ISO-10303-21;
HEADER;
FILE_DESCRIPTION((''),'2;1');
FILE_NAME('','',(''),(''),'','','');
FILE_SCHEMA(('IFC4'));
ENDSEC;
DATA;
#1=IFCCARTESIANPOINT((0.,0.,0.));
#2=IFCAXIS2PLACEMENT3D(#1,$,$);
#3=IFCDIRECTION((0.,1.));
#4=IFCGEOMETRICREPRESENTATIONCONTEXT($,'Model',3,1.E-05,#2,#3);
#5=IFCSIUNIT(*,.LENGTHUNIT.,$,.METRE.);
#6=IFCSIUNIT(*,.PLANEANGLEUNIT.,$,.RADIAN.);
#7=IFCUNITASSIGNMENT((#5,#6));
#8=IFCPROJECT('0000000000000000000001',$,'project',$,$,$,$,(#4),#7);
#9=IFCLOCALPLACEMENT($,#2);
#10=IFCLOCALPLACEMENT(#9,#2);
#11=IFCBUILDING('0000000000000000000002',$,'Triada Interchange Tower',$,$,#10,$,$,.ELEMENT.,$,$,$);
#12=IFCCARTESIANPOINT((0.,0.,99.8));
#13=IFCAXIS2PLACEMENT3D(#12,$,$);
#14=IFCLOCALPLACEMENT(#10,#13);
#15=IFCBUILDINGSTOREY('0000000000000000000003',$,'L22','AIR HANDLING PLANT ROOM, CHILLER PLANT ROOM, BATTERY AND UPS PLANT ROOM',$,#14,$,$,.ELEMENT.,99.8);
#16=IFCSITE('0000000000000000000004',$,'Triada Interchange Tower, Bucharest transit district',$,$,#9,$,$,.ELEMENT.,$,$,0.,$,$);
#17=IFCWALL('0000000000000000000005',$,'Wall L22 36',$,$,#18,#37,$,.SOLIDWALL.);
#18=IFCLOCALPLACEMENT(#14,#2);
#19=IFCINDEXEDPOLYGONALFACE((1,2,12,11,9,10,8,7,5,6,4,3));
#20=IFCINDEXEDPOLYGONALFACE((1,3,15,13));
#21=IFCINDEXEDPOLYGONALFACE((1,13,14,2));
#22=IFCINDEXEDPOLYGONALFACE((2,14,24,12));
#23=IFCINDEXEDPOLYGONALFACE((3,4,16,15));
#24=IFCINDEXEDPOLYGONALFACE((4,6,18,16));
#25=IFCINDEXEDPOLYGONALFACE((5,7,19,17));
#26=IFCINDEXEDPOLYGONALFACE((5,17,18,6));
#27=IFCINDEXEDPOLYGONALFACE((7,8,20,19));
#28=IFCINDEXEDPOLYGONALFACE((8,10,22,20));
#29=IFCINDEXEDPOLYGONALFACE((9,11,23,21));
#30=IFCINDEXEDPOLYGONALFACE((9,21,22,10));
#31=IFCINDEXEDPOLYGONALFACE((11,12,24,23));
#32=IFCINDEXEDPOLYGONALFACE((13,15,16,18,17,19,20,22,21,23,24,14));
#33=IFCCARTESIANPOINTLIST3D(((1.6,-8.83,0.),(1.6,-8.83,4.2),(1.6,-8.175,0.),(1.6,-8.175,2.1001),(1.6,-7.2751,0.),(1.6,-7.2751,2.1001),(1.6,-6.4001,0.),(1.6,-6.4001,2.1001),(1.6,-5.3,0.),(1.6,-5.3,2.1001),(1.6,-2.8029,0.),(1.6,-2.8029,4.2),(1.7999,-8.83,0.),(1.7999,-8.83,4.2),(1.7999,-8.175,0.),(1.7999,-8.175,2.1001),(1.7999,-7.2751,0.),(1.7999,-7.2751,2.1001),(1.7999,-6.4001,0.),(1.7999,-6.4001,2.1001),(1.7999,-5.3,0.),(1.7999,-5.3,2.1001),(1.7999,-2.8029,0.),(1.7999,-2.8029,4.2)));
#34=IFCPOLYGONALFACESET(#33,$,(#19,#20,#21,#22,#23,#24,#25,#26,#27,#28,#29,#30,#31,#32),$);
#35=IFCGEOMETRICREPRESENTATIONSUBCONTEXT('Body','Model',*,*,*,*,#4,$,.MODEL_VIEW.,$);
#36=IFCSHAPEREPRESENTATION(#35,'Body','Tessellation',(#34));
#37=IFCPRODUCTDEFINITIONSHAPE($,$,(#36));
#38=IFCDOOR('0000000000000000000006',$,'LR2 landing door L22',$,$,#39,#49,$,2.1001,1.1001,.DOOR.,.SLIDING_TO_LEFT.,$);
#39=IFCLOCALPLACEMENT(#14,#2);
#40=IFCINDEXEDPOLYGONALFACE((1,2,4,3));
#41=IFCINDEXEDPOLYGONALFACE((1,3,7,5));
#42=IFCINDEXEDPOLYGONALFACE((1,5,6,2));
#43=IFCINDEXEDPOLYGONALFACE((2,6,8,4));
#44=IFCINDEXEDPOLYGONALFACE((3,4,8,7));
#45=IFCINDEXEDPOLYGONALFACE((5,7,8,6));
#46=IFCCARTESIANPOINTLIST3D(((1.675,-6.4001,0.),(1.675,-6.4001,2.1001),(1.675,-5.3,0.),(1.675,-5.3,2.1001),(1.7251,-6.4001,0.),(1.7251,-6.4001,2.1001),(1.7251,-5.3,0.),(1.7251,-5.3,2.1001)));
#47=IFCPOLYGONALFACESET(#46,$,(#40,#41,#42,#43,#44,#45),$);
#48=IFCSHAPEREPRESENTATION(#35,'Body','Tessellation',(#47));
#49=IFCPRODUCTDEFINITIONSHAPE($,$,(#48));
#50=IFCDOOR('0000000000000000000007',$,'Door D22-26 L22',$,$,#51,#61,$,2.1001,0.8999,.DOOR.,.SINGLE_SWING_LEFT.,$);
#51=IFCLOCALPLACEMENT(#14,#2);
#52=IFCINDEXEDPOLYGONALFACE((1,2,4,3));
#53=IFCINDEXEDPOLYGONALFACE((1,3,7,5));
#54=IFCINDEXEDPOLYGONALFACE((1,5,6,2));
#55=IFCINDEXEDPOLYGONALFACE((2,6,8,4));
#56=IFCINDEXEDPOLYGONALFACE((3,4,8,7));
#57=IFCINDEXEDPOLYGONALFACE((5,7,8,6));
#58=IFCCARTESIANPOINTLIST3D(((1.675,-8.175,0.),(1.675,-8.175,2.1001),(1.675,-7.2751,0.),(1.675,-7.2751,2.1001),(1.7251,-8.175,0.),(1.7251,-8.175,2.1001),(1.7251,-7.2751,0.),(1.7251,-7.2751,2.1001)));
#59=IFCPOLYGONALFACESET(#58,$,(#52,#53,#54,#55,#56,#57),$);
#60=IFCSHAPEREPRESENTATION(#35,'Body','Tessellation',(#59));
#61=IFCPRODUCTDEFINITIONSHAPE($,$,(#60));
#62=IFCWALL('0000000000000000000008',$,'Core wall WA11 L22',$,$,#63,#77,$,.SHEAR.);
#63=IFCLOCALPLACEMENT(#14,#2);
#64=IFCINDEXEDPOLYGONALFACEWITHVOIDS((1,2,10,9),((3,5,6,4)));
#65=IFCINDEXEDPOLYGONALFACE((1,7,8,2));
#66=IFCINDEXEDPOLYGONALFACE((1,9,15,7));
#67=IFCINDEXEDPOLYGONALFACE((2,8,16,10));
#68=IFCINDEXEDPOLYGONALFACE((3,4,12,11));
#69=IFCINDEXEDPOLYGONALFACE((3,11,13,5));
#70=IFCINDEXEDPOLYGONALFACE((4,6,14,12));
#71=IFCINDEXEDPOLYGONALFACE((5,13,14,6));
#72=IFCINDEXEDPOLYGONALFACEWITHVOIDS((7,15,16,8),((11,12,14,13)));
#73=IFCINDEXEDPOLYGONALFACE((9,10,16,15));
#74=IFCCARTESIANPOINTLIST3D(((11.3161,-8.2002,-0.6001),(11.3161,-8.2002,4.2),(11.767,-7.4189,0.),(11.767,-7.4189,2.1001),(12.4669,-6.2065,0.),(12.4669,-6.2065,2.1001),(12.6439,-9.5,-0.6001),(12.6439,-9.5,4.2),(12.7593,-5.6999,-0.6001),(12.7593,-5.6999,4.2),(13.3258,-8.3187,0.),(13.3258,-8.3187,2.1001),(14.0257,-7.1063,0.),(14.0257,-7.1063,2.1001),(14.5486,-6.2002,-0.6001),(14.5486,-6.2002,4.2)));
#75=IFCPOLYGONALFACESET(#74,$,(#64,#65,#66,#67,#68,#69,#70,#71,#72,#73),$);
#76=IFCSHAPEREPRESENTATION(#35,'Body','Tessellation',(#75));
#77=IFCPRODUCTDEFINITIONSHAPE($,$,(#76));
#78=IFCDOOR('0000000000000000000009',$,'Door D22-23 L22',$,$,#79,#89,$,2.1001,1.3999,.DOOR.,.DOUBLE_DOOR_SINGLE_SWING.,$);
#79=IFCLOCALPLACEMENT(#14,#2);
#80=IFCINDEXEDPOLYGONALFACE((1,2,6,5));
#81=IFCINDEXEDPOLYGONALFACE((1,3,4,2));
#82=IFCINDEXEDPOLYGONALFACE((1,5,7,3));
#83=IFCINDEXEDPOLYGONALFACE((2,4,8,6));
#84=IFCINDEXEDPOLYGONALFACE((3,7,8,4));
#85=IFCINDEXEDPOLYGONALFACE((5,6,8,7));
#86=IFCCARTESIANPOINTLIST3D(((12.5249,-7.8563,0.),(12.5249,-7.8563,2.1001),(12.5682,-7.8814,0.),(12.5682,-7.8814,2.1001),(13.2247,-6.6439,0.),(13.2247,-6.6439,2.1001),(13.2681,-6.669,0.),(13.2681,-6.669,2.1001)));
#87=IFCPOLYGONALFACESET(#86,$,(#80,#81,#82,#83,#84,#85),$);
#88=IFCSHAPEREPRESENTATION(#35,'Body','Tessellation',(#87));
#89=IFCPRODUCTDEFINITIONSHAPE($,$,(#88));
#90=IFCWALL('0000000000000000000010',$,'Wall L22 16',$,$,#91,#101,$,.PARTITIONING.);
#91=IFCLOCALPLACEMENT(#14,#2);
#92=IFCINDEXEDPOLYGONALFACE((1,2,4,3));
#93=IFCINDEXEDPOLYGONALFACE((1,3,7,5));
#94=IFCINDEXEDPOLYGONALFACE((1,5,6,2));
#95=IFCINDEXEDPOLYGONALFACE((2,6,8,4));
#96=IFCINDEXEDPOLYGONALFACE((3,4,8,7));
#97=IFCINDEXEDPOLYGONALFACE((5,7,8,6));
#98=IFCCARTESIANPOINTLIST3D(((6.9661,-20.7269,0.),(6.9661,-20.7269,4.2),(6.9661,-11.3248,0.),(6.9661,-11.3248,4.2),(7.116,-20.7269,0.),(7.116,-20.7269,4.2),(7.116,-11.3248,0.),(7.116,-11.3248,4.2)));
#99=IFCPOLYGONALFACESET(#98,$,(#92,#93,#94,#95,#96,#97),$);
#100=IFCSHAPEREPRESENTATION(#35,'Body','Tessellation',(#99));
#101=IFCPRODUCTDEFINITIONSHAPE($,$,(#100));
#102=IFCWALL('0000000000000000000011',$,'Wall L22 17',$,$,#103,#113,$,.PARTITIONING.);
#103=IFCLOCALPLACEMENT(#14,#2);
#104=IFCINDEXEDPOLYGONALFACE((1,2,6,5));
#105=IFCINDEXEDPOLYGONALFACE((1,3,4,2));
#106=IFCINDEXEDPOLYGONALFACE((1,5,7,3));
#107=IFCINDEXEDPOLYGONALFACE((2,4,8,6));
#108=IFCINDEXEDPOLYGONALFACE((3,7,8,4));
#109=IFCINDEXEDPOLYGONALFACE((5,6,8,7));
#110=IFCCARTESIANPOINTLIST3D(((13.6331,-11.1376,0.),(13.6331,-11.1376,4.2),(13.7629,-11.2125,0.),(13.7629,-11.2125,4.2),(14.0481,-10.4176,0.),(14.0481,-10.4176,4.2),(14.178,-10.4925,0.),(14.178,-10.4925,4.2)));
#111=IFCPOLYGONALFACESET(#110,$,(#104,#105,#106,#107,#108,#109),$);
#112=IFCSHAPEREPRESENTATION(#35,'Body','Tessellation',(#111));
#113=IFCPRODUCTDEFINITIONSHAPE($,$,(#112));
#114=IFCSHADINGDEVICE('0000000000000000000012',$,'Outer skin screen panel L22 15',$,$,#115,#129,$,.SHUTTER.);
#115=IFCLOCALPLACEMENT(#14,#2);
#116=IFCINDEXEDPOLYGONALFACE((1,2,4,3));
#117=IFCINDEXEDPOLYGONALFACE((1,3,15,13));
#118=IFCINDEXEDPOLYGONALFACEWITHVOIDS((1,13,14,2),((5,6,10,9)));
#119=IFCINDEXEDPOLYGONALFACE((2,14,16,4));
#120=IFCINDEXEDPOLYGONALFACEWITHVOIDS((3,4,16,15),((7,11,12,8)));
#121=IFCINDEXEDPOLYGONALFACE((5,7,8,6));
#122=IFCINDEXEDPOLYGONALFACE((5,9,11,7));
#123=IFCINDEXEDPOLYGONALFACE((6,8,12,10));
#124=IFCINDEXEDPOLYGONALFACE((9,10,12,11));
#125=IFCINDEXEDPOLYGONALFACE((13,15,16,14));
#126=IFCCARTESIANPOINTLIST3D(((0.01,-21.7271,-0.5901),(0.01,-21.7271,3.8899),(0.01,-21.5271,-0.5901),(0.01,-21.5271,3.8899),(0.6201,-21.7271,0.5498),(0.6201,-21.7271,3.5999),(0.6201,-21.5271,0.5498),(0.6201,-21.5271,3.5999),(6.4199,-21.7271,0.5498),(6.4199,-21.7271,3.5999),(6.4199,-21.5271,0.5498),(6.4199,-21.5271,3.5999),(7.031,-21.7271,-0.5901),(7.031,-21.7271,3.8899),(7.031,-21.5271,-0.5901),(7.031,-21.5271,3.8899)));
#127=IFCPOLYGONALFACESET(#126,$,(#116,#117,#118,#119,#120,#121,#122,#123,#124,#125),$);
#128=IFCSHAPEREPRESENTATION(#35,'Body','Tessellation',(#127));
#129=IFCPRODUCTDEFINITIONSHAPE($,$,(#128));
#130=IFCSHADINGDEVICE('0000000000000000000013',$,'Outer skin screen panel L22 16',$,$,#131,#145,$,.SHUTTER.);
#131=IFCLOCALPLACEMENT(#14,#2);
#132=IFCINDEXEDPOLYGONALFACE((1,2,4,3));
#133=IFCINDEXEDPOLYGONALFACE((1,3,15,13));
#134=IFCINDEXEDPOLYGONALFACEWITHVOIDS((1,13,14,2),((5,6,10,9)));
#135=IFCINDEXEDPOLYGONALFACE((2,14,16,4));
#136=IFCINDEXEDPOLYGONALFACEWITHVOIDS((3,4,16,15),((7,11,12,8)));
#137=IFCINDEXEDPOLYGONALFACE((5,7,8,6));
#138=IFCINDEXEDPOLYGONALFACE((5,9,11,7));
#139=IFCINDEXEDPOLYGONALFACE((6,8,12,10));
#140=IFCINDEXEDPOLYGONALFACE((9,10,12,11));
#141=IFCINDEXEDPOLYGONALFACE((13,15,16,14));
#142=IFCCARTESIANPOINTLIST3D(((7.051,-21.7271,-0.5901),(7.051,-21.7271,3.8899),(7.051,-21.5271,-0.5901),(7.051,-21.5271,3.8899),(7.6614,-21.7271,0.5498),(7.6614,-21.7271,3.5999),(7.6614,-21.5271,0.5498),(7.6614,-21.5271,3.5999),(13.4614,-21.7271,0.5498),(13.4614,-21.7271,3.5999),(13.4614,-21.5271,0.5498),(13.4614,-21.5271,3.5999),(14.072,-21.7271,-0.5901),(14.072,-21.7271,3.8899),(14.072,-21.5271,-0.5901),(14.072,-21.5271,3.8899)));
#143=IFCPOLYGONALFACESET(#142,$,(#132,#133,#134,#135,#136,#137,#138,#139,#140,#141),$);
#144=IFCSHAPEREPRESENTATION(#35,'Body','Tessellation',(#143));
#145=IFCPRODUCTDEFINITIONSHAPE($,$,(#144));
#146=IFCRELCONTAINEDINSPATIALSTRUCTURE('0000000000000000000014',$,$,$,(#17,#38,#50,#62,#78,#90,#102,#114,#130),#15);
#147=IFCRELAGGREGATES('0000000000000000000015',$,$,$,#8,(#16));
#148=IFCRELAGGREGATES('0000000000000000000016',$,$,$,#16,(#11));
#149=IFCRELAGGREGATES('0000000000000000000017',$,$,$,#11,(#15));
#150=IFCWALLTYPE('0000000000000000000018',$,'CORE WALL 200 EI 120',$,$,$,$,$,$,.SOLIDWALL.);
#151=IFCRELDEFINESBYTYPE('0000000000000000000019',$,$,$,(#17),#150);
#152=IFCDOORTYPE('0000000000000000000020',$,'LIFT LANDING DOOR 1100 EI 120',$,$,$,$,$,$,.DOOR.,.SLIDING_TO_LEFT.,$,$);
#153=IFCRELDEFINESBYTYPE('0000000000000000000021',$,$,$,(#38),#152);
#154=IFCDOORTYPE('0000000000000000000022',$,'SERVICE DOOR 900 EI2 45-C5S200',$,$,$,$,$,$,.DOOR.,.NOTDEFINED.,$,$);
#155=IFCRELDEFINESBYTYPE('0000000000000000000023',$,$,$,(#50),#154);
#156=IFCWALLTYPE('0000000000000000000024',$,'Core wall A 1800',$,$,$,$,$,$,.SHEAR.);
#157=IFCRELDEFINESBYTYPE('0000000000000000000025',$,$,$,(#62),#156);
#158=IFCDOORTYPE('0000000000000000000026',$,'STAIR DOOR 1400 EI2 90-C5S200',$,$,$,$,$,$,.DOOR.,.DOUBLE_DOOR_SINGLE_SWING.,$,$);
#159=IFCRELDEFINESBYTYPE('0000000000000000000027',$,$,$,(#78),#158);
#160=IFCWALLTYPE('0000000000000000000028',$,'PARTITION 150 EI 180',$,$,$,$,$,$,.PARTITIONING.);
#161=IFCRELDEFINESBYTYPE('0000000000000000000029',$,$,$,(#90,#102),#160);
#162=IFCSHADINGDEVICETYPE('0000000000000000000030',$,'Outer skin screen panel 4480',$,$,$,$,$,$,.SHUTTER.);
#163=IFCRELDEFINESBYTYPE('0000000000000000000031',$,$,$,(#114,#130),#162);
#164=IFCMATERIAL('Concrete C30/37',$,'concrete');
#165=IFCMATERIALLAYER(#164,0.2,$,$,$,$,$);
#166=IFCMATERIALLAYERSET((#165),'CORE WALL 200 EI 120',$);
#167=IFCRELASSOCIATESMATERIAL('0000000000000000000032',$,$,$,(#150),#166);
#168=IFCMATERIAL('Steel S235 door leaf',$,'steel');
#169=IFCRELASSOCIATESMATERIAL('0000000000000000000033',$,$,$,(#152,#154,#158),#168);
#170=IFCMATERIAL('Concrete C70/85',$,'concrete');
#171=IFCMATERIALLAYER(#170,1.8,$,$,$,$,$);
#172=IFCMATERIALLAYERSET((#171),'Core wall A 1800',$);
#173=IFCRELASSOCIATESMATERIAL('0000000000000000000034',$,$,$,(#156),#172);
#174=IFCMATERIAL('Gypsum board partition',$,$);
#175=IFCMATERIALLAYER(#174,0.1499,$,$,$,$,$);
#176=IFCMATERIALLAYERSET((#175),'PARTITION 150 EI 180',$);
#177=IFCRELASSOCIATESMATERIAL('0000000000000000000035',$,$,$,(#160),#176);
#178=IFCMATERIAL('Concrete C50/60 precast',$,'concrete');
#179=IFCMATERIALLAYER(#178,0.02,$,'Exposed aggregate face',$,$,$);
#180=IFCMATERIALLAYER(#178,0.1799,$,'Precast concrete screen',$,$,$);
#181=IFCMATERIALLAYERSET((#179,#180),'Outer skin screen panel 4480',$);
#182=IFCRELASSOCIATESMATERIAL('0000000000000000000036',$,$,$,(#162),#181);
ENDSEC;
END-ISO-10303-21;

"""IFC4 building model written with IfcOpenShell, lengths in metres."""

from ifc_helpers import new_model, si_unit, direction, frame, frame_2d, origin, place, context, subcontext, project, spatial, polyline, rectangle, outline, extrude, material, layer, layer_set, type_object, element, fill, save


model = new_model("IFC4")

# Units and contexts
model_context = context("Model", 3, precision=1e-05, world=origin(), true_north=direction((0.0, 1.0)))
body_context = subcontext(model_context, "Body", "Model", "MODEL_VIEW")
ifc_project = project(units=[si_unit("LENGTHUNIT", "METRE"), si_unit("PLANEANGLEUNIT", "RADIAN")], contexts=[model_context])

# Site, building, storey
site_placement = place(None, origin())
site = spatial("IfcSite", under=ifc_project, at=site_placement, Name="Triada Interchange Tower, Bucharest transit district", CompositionType="ELEMENT", RefElevation=0.0)
building_placement = place(site_placement, origin())
building = spatial("IfcBuilding", under=site, at=building_placement, Name="Triada Interchange Tower", CompositionType="ELEMENT")
storey_placement = place(building_placement, frame((0.0, 0.0, 99.8)))
storey = spatial("IfcBuildingStorey", under=building, at=storey_placement, Name="L22", Description="AIR HANDLING PLANT ROOM, CHILLER PLANT ROOM, BATTERY AND UPS PLANT ROOM", CompositionType="ELEMENT", Elevation=99.8)

# Shared definitions
ifc_material_1 = material(Name="Concrete C70/85", Category="concrete")

# Wall, openings, doors
ifc_material_2 = material(Name="Concrete C30/37", Category="concrete")
ifc_layer_1 = layer(ifc_material_2, 0.2)
ifc_layer_set_1 = layer_set([ifc_layer_1], Name="CORE WALL 200 EI 120")
wall_type_1 = type_object("IfcWallType", Name="CORE WALL 200 EI 120", PredefinedType="SOLIDWALL", material=ifc_layer_set_1)
wall_1_placement = place(storey_placement, frame((1.7, -8.8301, 0.0), z_axis=(0.0, 0.0, 1.0), x_axis=(0.0, 1.0, 0.0)))
wall_1 = element("IfcWall", 1, at=wall_1_placement, inside=storey, type_object=wall_type_1, Name="Wall L22 36", PredefinedType="SOLIDWALL", context=body_context, shape_type="SweptSolid", body=[
    extrude(rectangle(XDim=6.0271, YDim=0.2, at=frame_2d((3.0137, 0.0))), origin(), (0.0, 0.0, 1.0), 4.2),
])
opening_1_placement = place(wall_1_placement, frame((2.4299, 0.0, 0.0)))
opening_1 = element("IfcOpeningElement", 2, at=opening_1_placement, cuts=wall_1, PredefinedType="OPENING", context=body_context, shape_type="SweptSolid", body=[
    extrude(rectangle(XDim=1.1001, YDim=2.1001, at=frame_2d((0.55, 1.05))), frame((0.0, 0.1099, 0.0), z_axis=(0.0, -1.0, 0.0), x_axis=(1.0, 0.0, 0.0)), (0.0, 0.0, 1.0), 0.22),
])
opening_2_placement = place(wall_1_placement, frame((0.655, 0.0, 0.0)))
opening_2 = element("IfcOpeningElement", 3, at=opening_2_placement, cuts=wall_1, PredefinedType="OPENING", context=body_context, shape_type="SweptSolid", body=[
    extrude(rectangle(XDim=0.8999, YDim=2.1001, at=frame_2d((0.45, 1.05))), frame((0.0, 0.1099, 0.0), z_axis=(0.0, -1.0, 0.0), x_axis=(1.0, 0.0, 0.0)), (0.0, 0.0, 1.0), 0.22),
])
ifc_material_3 = material(Name="Steel S235 door leaf", Category="steel")
door_type_1 = type_object("IfcDoorType", Name="LIFT LANDING DOOR 1100 EI 120", OperationType="SLIDING_TO_LEFT", PredefinedType="DOOR", material=ifc_material_3)
door_1_placement = place(opening_1_placement, origin())
door_1 = element("IfcDoor", 4, at=door_1_placement, inside=storey, type_object=door_type_1, Name="LR2 landing door L22", OperationType="SLIDING_TO_LEFT", OverallHeight=2.1001, OverallWidth=1.1001, PredefinedType="DOOR", context=body_context, shape_type="SweptSolid", body=[
    extrude(rectangle(XDim=1.1001, YDim=2.1001, at=frame_2d((0.55, 1.05))), frame((0.0, 0.0249, 0.0), z_axis=(0.0, -1.0, 0.0), x_axis=(1.0, 0.0, 0.0)), (0.0, 0.0, 1.0), 0.05),
])
fill(opening_1, door_1)
door_type_2 = type_object("IfcDoorType", Name="SERVICE DOOR 900 EI2 45-C5S200", OperationType="NOTDEFINED", PredefinedType="DOOR", material=ifc_material_3)
door_2_placement = place(opening_2_placement, origin())
door_2 = element("IfcDoor", 5, at=door_2_placement, inside=storey, type_object=door_type_2, Name="Door D22-26 L22", OperationType="SINGLE_SWING_LEFT", OverallHeight=2.1001, OverallWidth=0.8999, PredefinedType="DOOR", context=body_context, shape_type="SweptSolid", body=[
    extrude(rectangle(XDim=0.8999, YDim=2.1001, at=frame_2d((0.45, 1.05))), frame((0.0, 0.0249, 0.0), z_axis=(0.0, -1.0, 0.0), x_axis=(1.0, 0.0, 0.0)), (0.0, 0.0, 1.0), 0.05),
])
fill(opening_2, door_2)

# Wall, opening, door
ifc_layer_2 = layer(ifc_material_1, 1.8)
ifc_layer_set_2 = layer_set([ifc_layer_2], Name="Core wall A 1800")
wall_type_2 = type_object("IfcWallType", Name="Core wall A 1800", PredefinedType="SHEAR", material=ifc_layer_set_2)
wall_2_placement = place(storey_placement, frame((11.98, -8.8501, -0.6001), z_axis=(0.0, 0.0, 1.0), x_axis=(0.499927, 0.866068, 0.0)))
wall_2 = element("IfcWall", 6, at=wall_2_placement, inside=storey, type_object=wall_type_2, Name="Core wall WA11 L22", PredefinedType="SHEAR", context=body_context, shape_type="SweptSolid", body=[
    extrude(outline(polyline([(-0.231, -0.8999), (1.6741, -0.8999), (3.5791, -0.8999), (3.1179, 0.8999), (1.6743, 0.8999), (0.231, 0.8999), (-0.231, -0.8999)])), origin(), (0.0, 0.0, 1.0), 4.8),
])
opening_3_placement = place(wall_2_placement, frame((1.1331, 0.0, 0.6001)))
opening_3 = element("IfcOpeningElement", 7, at=opening_3_placement, cuts=wall_2, PredefinedType="OPENING", context=body_context, shape_type="SweptSolid", body=[
    extrude(rectangle(XDim=1.3999, YDim=2.1001, at=frame_2d((0.7, 1.05))), frame((0.0, 0.9099, 0.0), z_axis=(0.0, -1.0, 0.0), x_axis=(1.0, 0.0, 0.0)), (0.0, 0.0, 1.0), 1.8201),
])
door_type_3 = type_object("IfcDoorType", Name="STAIR DOOR 1400 EI2 90-C5S200", OperationType="DOUBLE_DOOR_SINGLE_SWING", PredefinedType="DOOR", material=ifc_material_3)
door_3_placement = place(opening_3_placement, origin())
door_3 = element("IfcDoor", 8, at=door_3_placement, inside=storey, type_object=door_type_3, Name="Door D22-23 L22", OperationType="DOUBLE_DOOR_SINGLE_SWING", OverallHeight=2.1001, OverallWidth=1.3999, PredefinedType="DOOR", context=body_context, shape_type="SweptSolid", body=[
    extrude(rectangle(XDim=1.3999, YDim=2.1001, at=frame_2d((0.7, 1.05))), frame((0.0, 0.0249, 0.0), z_axis=(0.0, -1.0, 0.0), x_axis=(1.0, 0.0, 0.0)), (0.0, 0.0, 1.0), 0.05),
])
fill(opening_3, door_3)

# Walls
ifc_material_4 = material(Name="Gypsum board partition")
ifc_layer_3 = layer(ifc_material_4, 0.1499)
ifc_layer_set_3 = layer_set([ifc_layer_3], Name="PARTITION 150 EI 180")
wall_type_3 = type_object("IfcWallType", Name="PARTITION 150 EI 180", PredefinedType="PARTITIONING", material=ifc_layer_set_3)
wall_3_placement = place(storey_placement, frame((7.041, -20.7271, 0.0), z_axis=(0.0, 0.0, 1.0), x_axis=(0.0, 1.0, 0.0)))
element("IfcWall", 9, at=wall_3_placement, inside=storey, type_object=wall_type_3, Name="Wall L22 16", PredefinedType="PARTITIONING", context=body_context, shape_type="SweptSolid", body=[
    extrude(rectangle(XDim=9.4021, YDim=0.1499, at=frame_2d((4.7012, 0.0))), origin(), (0.0, 0.0, 1.0), 4.2),
])
wall_4_placement = place(storey_placement, frame((13.698, -11.175, 0.0), z_axis=(0.0, 0.0, 1.0), x_axis=(0.499426, 0.866357, 0.0)))
element("IfcWall", 10, at=wall_4_placement, inside=storey, type_object=wall_type_3, Name="Wall L22 17", PredefinedType="PARTITIONING", context=body_context, shape_type="SweptSolid", body=[
    extrude(rectangle(XDim=0.8311, YDim=0.1499, at=frame_2d((0.4155, 0.0))), origin(), (0.0, 0.0, 1.0), 4.2),
])

# Shading devices
ifc_material_5 = material(Name="Concrete C50/60 precast", Category="concrete")
ifc_layer_4 = layer(ifc_material_5, 0.02, Name="Exposed aggregate face")
ifc_layer_5 = layer(ifc_material_5, 0.1799, Name="Precast concrete screen")
ifc_layer_set_4 = layer_set([ifc_layer_4, ifc_layer_5], Name="Outer skin screen panel 4480")
shading_device_type = type_object("IfcShadingDeviceType", Name="Outer skin screen panel 4480", PredefinedType="SHUTTER", material=ifc_layer_set_4)
shading_device_1_placement = place(storey_placement, frame((0.01, -21.5271, -0.5901), z_axis=(0.0, 0.0, 1.0), x_axis=(1.0, 0.0, 0.0)))
element("IfcShadingDevice", 11, at=shading_device_1_placement, inside=storey, type_object=shading_device_type, Name="Outer skin screen panel L22 15", PredefinedType="SHUTTER", context=body_context, shape_type="SweptSolid", body=[
    extrude(outline(polyline([(0.0, 0.0), (7.021, 0.0), (7.021, 4.48), (0.0, 4.48), (0.0, 0.0)]), holes=[polyline([(0.6101, 1.1399), (0.6101, 4.1899), (6.4099, 4.1899), (6.4099, 1.1399), (0.6101, 1.1399)])]), frame((0.0, 0.0, 0.0), z_axis=(0.0, -1.0, 0.0), x_axis=(1.0, 0.0, 0.0)), (0.0, 0.0, 1.0), 0.2),
])
shading_device_2_placement = place(storey_placement, frame((7.051, -21.5271, -0.5901), z_axis=(0.0, 0.0, 1.0), x_axis=(1.0, 0.0, 0.0)))
element("IfcShadingDevice", 12, at=shading_device_2_placement, inside=storey, type_object=shading_device_type, Name="Outer skin screen panel L22 16", PredefinedType="SHUTTER", context=body_context, shape_type="SweptSolid", body=[
    extrude(outline(polyline([(0.0, 0.0), (7.021, 0.0), (7.021, 4.48), (0.0, 4.48), (0.0, 0.0)]), holes=[polyline([(0.6104, 1.1399), (0.6104, 4.1899), (6.4104, 4.1899), (6.4104, 1.1399), (0.6104, 1.1399)])]), frame((0.0, 0.0, 0.0), z_axis=(0.0, -1.0, 0.0), x_axis=(1.0, 0.0, 0.0)), (0.0, 0.0, 1.0), 0.2),
])

save(model, "model.ifc")
